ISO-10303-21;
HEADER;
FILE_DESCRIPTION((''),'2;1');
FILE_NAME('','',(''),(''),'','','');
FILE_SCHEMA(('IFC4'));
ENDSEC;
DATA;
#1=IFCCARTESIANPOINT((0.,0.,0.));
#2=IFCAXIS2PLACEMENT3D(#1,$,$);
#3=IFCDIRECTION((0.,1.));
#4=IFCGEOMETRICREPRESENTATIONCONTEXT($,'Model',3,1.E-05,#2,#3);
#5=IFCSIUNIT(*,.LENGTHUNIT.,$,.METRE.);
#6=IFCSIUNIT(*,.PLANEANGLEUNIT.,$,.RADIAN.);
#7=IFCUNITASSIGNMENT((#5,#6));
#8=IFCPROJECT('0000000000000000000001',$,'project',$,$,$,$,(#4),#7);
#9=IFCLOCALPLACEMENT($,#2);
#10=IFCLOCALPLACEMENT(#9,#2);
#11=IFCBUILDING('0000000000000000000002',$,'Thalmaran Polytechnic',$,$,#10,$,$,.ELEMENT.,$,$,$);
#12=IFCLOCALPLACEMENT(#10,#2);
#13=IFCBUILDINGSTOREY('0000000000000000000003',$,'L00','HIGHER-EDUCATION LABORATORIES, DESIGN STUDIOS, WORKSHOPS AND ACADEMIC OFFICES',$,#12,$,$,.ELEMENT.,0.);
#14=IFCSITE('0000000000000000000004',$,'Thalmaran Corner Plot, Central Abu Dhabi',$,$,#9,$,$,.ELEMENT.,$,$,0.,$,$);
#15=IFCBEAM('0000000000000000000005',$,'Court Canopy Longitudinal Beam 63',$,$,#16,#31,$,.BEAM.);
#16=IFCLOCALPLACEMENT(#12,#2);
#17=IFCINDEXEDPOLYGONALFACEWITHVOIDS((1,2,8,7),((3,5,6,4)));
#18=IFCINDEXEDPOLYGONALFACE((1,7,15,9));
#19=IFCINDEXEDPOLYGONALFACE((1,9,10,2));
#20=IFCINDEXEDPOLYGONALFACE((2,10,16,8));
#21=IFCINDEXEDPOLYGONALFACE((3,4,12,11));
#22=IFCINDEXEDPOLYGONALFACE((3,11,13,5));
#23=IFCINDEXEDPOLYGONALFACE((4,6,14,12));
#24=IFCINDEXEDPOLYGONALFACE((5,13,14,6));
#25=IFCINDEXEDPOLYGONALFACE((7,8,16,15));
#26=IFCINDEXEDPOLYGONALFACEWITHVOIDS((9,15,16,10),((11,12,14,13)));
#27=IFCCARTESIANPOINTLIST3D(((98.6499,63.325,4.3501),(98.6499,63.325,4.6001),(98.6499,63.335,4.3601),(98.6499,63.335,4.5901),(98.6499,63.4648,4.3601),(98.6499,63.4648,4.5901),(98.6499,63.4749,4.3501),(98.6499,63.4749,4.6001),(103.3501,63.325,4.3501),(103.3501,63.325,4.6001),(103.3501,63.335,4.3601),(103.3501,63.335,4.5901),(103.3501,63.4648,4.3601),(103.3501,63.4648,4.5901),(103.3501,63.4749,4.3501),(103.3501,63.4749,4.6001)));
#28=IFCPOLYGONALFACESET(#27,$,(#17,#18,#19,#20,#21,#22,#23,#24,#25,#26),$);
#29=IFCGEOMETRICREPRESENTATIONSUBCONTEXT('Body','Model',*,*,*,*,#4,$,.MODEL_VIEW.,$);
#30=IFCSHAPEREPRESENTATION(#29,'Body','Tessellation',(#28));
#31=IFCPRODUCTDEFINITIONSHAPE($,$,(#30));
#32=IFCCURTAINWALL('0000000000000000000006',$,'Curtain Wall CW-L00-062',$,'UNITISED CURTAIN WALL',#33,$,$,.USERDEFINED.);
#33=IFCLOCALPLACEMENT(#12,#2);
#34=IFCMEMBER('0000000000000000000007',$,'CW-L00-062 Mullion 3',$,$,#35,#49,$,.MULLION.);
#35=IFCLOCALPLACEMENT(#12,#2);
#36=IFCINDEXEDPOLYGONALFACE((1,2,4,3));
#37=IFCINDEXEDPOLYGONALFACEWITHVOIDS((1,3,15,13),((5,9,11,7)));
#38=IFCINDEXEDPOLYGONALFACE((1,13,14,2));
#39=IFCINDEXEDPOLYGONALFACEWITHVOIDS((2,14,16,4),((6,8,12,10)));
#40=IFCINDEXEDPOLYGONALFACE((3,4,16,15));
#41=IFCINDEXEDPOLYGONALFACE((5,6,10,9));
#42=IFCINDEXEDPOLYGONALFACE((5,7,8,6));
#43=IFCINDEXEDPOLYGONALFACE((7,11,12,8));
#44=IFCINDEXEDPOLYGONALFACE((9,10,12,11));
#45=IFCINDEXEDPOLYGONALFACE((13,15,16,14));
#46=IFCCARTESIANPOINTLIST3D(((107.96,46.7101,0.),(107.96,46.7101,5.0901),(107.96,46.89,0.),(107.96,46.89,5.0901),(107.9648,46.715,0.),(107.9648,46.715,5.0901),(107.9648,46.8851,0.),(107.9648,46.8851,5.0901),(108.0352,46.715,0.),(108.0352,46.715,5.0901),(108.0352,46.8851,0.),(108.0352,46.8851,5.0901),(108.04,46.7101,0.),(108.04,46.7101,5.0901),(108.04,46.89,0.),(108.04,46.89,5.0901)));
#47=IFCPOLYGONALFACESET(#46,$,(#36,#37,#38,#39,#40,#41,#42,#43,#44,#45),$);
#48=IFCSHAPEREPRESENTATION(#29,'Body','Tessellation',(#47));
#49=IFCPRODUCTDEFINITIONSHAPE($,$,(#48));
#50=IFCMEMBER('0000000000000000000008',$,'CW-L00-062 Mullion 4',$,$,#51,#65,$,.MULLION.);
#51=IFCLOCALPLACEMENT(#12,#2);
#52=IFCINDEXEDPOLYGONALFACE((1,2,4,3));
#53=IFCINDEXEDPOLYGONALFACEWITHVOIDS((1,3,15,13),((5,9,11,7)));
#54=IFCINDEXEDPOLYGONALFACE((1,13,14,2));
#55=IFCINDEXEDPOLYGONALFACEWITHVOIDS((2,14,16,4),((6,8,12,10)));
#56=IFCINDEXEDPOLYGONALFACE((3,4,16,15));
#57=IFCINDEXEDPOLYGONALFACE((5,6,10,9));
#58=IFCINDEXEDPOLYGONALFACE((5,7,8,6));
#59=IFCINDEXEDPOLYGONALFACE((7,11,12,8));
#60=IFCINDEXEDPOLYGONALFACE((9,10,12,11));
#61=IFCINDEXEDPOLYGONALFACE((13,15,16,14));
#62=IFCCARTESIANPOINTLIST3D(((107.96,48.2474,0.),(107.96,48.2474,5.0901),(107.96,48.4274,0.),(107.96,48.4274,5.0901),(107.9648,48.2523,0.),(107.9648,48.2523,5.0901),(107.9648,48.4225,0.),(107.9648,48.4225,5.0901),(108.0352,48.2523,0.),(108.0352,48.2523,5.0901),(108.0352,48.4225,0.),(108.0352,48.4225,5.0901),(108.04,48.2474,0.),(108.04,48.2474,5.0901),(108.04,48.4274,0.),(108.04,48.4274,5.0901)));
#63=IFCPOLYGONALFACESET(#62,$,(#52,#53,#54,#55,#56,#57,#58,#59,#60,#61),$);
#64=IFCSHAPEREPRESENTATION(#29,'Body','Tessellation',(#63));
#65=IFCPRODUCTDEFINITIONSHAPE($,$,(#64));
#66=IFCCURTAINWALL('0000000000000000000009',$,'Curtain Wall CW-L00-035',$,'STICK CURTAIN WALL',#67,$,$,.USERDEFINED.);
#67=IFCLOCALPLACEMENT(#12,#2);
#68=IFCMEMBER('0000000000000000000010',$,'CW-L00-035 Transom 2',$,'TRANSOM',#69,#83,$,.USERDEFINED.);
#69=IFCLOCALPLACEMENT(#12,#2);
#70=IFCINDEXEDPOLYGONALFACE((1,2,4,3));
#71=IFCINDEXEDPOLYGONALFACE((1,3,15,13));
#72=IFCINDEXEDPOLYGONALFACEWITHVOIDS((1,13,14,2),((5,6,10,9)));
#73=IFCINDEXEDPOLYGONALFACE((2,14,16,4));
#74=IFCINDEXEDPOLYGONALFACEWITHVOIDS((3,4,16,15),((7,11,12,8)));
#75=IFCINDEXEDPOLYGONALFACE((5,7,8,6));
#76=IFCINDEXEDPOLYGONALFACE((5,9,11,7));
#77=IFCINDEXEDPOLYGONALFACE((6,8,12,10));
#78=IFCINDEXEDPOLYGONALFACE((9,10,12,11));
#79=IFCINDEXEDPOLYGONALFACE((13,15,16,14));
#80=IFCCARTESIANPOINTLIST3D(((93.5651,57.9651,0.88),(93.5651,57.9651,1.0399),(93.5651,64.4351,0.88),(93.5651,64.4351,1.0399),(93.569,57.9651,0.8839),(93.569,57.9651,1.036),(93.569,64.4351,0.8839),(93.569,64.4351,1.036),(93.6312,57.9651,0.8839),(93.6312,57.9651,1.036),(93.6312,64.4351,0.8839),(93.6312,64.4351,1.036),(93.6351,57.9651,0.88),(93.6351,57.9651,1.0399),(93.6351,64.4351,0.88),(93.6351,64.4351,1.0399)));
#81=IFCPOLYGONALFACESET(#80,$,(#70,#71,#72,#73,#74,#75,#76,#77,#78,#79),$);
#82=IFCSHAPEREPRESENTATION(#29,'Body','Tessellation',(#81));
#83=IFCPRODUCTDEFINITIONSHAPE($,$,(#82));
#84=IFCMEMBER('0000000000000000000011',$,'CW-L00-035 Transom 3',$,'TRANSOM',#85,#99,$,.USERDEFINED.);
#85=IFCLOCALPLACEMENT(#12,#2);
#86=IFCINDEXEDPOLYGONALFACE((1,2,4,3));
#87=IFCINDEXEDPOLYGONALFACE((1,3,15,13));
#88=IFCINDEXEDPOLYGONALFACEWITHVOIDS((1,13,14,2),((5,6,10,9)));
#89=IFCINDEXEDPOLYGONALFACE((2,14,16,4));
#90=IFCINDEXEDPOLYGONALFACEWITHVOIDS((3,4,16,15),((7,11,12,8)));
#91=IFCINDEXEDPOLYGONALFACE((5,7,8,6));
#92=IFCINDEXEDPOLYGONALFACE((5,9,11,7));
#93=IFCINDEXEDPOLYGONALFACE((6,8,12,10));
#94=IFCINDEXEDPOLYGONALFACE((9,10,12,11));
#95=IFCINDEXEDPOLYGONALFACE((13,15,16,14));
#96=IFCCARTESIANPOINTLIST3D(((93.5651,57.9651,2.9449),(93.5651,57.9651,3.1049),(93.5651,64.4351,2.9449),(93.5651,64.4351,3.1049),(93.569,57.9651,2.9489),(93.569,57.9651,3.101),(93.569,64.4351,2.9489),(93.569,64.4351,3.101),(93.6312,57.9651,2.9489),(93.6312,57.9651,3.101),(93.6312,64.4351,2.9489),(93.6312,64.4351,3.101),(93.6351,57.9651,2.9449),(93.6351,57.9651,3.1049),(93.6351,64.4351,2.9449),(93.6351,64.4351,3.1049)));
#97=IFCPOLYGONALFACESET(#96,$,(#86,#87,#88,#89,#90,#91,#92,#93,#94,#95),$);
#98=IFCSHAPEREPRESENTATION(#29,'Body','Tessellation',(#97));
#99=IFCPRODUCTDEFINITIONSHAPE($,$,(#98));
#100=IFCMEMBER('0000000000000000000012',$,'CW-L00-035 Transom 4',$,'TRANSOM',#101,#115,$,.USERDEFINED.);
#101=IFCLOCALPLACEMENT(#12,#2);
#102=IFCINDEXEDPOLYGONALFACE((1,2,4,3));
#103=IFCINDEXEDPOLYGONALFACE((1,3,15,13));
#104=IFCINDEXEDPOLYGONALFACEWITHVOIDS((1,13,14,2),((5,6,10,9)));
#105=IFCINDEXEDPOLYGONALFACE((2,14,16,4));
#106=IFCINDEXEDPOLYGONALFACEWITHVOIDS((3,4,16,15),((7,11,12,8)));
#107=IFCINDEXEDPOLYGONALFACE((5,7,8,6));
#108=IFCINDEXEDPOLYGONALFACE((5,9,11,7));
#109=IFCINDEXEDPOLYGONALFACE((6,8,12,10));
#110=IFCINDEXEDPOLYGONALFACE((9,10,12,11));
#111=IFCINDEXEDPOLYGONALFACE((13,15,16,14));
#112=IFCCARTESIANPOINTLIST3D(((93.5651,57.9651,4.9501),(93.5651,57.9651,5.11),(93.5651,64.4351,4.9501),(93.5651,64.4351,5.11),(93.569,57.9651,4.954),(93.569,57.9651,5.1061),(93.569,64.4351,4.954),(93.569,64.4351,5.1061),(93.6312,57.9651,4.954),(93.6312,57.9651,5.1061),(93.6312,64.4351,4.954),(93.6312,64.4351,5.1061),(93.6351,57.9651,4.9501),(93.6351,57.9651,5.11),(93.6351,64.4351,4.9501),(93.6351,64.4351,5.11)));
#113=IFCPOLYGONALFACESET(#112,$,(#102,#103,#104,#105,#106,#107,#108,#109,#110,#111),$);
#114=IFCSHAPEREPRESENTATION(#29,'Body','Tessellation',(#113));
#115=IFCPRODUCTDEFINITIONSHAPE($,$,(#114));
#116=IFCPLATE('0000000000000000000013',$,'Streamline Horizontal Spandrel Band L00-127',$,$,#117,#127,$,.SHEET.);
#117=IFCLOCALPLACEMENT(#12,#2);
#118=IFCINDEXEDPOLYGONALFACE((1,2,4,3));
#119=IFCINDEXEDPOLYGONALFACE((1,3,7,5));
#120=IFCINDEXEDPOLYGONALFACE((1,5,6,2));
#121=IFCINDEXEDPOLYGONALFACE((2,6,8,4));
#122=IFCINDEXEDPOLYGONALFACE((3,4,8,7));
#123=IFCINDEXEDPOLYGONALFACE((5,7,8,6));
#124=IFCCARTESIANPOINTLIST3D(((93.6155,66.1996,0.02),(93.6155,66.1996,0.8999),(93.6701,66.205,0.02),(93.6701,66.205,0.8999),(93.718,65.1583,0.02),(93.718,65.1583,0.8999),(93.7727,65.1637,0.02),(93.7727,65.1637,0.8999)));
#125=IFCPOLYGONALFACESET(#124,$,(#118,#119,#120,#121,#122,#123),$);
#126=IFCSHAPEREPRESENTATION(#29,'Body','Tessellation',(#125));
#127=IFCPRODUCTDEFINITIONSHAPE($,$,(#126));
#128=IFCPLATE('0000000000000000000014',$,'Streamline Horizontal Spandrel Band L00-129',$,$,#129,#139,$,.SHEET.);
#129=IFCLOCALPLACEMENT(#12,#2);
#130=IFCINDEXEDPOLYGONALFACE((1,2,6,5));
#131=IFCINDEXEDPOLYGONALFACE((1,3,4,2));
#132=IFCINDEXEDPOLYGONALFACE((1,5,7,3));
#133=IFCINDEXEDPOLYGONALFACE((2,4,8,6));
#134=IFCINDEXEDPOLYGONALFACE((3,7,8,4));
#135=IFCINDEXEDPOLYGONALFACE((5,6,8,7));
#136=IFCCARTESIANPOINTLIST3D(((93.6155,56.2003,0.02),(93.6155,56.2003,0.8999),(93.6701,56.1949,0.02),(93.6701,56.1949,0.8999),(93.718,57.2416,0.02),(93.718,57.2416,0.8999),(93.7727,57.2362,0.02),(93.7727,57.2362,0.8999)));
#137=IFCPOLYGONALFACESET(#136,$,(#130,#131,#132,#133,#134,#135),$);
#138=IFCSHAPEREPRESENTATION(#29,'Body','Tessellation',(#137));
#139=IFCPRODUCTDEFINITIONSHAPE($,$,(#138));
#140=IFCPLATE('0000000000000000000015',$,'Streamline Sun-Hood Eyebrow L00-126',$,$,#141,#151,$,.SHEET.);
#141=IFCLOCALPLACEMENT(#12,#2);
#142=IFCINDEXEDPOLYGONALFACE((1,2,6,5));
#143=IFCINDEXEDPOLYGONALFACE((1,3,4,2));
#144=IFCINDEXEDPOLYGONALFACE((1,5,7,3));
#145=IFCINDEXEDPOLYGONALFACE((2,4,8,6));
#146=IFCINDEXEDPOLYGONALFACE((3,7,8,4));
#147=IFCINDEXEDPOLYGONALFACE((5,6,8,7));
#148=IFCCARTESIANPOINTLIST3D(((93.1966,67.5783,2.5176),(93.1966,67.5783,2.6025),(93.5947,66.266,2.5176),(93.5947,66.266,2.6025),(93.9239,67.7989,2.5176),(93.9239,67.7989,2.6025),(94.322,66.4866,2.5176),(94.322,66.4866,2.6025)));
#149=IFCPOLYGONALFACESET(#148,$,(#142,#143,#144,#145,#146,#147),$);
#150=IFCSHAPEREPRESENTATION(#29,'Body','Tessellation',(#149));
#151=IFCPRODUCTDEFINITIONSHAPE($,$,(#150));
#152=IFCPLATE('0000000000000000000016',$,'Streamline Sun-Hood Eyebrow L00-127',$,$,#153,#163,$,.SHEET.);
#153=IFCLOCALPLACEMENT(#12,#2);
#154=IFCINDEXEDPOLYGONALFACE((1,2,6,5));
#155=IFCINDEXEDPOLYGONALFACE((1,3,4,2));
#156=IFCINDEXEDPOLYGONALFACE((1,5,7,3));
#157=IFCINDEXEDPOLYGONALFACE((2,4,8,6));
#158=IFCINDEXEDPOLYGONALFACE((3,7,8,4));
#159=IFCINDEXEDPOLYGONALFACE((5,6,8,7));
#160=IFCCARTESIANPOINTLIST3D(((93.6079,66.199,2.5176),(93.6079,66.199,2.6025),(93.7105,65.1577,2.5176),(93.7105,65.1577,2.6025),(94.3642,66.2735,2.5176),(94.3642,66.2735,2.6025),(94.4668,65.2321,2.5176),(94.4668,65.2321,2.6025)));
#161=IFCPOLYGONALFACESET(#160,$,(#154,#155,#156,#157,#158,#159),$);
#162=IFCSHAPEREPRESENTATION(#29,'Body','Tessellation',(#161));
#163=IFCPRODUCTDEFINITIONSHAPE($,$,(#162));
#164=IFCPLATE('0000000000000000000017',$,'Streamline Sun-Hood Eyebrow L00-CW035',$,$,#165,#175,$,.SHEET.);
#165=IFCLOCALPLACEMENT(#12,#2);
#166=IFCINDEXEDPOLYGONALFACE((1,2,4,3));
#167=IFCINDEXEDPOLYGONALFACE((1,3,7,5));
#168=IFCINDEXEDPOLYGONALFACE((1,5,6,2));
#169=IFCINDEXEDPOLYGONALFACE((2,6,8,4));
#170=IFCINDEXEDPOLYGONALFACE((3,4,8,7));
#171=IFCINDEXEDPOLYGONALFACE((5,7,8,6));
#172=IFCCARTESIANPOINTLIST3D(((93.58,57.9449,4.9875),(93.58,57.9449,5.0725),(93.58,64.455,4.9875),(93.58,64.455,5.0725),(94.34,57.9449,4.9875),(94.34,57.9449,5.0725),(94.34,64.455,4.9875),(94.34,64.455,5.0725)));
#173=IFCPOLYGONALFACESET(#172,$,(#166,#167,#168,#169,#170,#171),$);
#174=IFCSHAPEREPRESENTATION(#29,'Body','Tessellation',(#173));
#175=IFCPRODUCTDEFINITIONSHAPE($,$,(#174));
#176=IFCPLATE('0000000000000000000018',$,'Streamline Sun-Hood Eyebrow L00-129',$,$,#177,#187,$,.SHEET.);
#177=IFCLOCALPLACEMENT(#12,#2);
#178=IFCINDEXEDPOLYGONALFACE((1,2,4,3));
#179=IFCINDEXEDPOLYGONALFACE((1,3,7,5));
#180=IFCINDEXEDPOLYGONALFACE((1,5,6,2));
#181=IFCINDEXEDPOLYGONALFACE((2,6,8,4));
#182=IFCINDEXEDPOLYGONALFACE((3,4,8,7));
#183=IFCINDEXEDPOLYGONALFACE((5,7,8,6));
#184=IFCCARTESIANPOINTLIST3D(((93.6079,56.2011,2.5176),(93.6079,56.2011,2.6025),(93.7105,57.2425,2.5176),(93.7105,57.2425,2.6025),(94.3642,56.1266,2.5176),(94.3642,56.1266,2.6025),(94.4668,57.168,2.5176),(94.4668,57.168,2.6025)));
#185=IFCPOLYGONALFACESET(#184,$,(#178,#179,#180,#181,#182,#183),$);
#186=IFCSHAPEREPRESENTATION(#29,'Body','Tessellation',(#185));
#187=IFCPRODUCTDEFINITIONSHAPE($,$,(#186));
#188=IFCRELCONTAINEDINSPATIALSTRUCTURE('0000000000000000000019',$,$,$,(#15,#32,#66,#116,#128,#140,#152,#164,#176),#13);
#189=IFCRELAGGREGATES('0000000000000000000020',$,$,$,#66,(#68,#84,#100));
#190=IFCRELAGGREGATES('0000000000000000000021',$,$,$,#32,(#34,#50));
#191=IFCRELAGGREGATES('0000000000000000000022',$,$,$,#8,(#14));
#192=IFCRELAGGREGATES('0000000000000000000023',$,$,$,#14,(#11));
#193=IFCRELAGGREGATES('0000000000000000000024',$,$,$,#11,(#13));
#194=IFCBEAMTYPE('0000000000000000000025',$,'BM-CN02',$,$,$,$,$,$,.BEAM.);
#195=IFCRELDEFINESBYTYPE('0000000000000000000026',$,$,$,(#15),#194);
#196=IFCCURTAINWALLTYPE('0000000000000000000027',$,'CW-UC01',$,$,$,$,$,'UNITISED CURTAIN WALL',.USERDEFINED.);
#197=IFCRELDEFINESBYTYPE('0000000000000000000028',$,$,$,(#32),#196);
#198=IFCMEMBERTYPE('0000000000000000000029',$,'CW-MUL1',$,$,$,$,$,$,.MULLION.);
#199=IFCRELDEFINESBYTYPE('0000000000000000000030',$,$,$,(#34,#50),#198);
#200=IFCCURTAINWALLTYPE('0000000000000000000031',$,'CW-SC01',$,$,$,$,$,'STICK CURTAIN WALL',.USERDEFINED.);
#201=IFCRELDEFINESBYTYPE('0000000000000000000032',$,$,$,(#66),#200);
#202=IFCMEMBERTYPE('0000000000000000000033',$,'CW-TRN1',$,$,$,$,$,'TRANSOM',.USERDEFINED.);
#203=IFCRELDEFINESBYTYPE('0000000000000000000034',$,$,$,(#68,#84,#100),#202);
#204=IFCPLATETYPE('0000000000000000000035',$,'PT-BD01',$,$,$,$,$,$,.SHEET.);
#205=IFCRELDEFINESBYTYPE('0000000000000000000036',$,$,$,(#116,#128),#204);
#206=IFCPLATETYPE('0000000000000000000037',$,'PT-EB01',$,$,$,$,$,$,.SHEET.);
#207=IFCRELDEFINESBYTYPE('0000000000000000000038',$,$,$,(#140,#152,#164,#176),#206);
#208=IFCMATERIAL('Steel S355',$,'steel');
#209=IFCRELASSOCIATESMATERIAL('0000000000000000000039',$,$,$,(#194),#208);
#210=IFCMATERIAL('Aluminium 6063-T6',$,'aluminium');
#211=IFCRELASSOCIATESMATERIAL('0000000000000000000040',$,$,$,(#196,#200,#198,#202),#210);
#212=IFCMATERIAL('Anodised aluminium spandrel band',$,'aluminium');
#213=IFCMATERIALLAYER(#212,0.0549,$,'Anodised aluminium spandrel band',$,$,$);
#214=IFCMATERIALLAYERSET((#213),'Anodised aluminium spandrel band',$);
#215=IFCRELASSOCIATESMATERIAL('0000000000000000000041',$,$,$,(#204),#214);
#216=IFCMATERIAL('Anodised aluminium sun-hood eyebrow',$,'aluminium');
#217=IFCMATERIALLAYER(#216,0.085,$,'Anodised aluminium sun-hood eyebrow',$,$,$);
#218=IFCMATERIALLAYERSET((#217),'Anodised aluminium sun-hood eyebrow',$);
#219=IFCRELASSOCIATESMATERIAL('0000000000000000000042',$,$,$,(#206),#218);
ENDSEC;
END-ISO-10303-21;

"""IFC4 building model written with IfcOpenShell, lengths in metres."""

from ifc_helpers import new_model, si_unit, direction, frame, origin, origin_2d, place, context, subcontext, project, spatial, rectangle, hollow_rectangle, extrude, material, layer, layer_set, material_profile, profile_set, type_object, element, aggregate, save


model = new_model("IFC4")

# Units and contexts
model_context = context("Model", 3, precision=1e-05, world=origin(), true_north=direction((0.0, 1.0)))
body_context = subcontext(model_context, "Body", "Model", "MODEL_VIEW")
ifc_project = project(units=[si_unit("LENGTHUNIT", "METRE"), si_unit("PLANEANGLEUNIT", "RADIAN")], contexts=[model_context])

# Site, building, storey
site_placement = place(None, origin())
site = spatial("IfcSite", under=ifc_project, at=site_placement, Name="Thalmaran Corner Plot, Central Abu Dhabi", CompositionType="ELEMENT", RefElevation=0.0)
building_placement = place(site_placement, origin())
building = spatial("IfcBuilding", under=site, at=building_placement, Name="Thalmaran Polytechnic", CompositionType="ELEMENT")
storey_placement = place(building_placement, origin())
storey = spatial("IfcBuildingStorey", under=building, at=storey_placement, Name="L00", Description="HIGHER-EDUCATION LABORATORIES, DESIGN STUDIOS, WORKSHOPS AND ACADEMIC OFFICES", CompositionType="ELEMENT", Elevation=0.0)

# Beam
ifc_material_1 = material(Name="Steel S355", Category="steel")
ifc_material_profile_1 = material_profile(ifc_material_1, hollow_rectangle(XDim=0.1499, YDim=0.25, WallThickness=0.01, at=origin_2d()), Name="RHS 250x150x10.0")
ifc_profile_set_1 = profile_set([ifc_material_profile_1], Name="Steel S355")
beam_type = type_object("IfcBeamType", Name="BM-CN02", PredefinedType="BEAM", material=ifc_profile_set_1)
for number, where, z_axis, x_axis, name in (
    (1, (98.6499, 63.3999, 4.4751), (1.0, 0.0, 0.0), (0.0, 1.0, 0.0), "Court Canopy Longitudinal Beam 63"),
):
    element("IfcBeam", number, at=place(storey_placement, frame(where, z_axis=z_axis, x_axis=x_axis)), inside=storey, type_object=beam_type, Name=name, PredefinedType="BEAM", context=body_context, shape_type="SweptSolid", body=[
        extrude(hollow_rectangle(XDim=0.1499, YDim=0.25, WallThickness=0.01, at=origin_2d()), origin(), (0.0, 0.0, 1.0), 4.7002),
    ])

# Curtain walls, members
ifc_material_2 = material(Name="Aluminium 6063-T6", Category="aluminium")
curtain_wall_type_1 = type_object("IfcCurtainWallType", Name="CW-UC01", ElementType="UNITISED CURTAIN WALL", PredefinedType="USERDEFINED", material=ifc_material_2)
curtain_wall_1_placement = place(storey_placement, origin())
curtain_wall_1 = element("IfcCurtainWall", 2, at=curtain_wall_1_placement, inside=storey, type_object=curtain_wall_type_1, Name="Curtain Wall CW-L00-062", ObjectType="UNITISED CURTAIN WALL", PredefinedType="USERDEFINED")
ifc_material_profile_2 = material_profile(ifc_material_2, hollow_rectangle(XDim=0.0801, YDim=0.1799, WallThickness=0.0049, at=origin_2d()), Name="RHS 180x80x5.0")
ifc_profile_set_2 = profile_set([ifc_material_profile_2], Name="Aluminium 6063-T6")
member_type_1 = type_object("IfcMemberType", Name="CW-MUL1", PredefinedType="MULLION", material=ifc_profile_set_2)
member_1_placement = place(storey_placement, frame((108.0, 46.8, 0.0), z_axis=(0.0, 0.0, 1.0), x_axis=(1.0, 0.0, 0.0)))
member_1 = element("IfcMember", 3, at=member_1_placement, type_object=member_type_1, Name="CW-L00-062 Mullion 3", PredefinedType="MULLION", context=body_context, shape_type="SweptSolid", body=[
    extrude(hollow_rectangle(XDim=0.0801, YDim=0.1799, WallThickness=0.0049, at=origin_2d()), origin(), (0.0, 0.0, 1.0), 5.0901),
])
member_2_placement = place(storey_placement, frame((108.0, 48.3374, 0.0), z_axis=(0.0, 0.0, 1.0), x_axis=(1.0, 0.0, 0.0)))
member_2 = element("IfcMember", 4, at=member_2_placement, type_object=member_type_1, Name="CW-L00-062 Mullion 4", PredefinedType="MULLION", context=body_context, shape_type="SweptSolid", body=[
    extrude(hollow_rectangle(XDim=0.0801, YDim=0.1799, WallThickness=0.0049, at=origin_2d()), origin(), (0.0, 0.0, 1.0), 5.0901),
])
curtain_wall_type_2 = type_object("IfcCurtainWallType", Name="CW-SC01", ElementType="STICK CURTAIN WALL", PredefinedType="USERDEFINED", material=ifc_material_2)
curtain_wall_2_placement = place(storey_placement, origin())
curtain_wall_2 = element("IfcCurtainWall", 5, at=curtain_wall_2_placement, inside=storey, type_object=curtain_wall_type_2, Name="Curtain Wall CW-L00-035", ObjectType="STICK CURTAIN WALL", PredefinedType="USERDEFINED")
ifc_material_profile_3 = material_profile(ifc_material_2, hollow_rectangle(XDim=0.0701, YDim=0.1599, WallThickness=0.0039, at=origin_2d()), Name="AL 160x70x4.0")
ifc_profile_set_3 = profile_set([ifc_material_profile_3], Name="Aluminium 6063-T6")
member_type_2 = type_object("IfcMemberType", Name="CW-TRN1", ElementType="TRANSOM", PredefinedType="USERDEFINED", material=ifc_profile_set_3)
member_3_placement = place(storey_placement, frame((93.6001, 64.4351, 0.96), z_axis=(0.0, -1.0, 0.0), x_axis=(1.0, 0.0, 0.0)))
member_3 = element("IfcMember", 6, at=member_3_placement, type_object=member_type_2, Name="CW-L00-035 Transom 2", ObjectType="TRANSOM", PredefinedType="USERDEFINED", context=body_context, shape_type="SweptSolid", body=[
    extrude(hollow_rectangle(XDim=0.0701, YDim=0.1599, WallThickness=0.0039, at=origin_2d()), origin(), (0.0, 0.0, 1.0), 6.47),
])
member_4_placement = place(storey_placement, frame((93.6001, 64.4351, 3.0249), z_axis=(0.0, -1.0, 0.0), x_axis=(1.0, 0.0, 0.0)))
member_4 = element("IfcMember", 7, at=member_4_placement, type_object=member_type_2, Name="CW-L00-035 Transom 3", ObjectType="TRANSOM", PredefinedType="USERDEFINED", context=body_context, shape_type="SweptSolid", body=[
    extrude(hollow_rectangle(XDim=0.0701, YDim=0.1599, WallThickness=0.0039, at=origin_2d()), origin(), (0.0, 0.0, 1.0), 6.47),
])
member_5_placement = place(storey_placement, frame((93.6001, 64.4351, 5.03), z_axis=(0.0, -1.0, 0.0), x_axis=(1.0, 0.0, 0.0)))
member_5 = element("IfcMember", 8, at=member_5_placement, type_object=member_type_2, Name="CW-L00-035 Transom 4", ObjectType="TRANSOM", PredefinedType="USERDEFINED", context=body_context, shape_type="SweptSolid", body=[
    extrude(hollow_rectangle(XDim=0.0701, YDim=0.1599, WallThickness=0.0039, at=origin_2d()), origin(), (0.0, 0.0, 1.0), 6.47),
])
aggregate(curtain_wall_2, [member_3, member_4, member_5])

# Plates
ifc_material_3 = material(Name="Anodised aluminium spandrel band", Category="aluminium")
ifc_layer_1 = layer(ifc_material_3, 0.0549, Name="Anodised aluminium spandrel band")
ifc_layer_set_1 = layer_set([ifc_layer_1], Name="Anodised aluminium spandrel band")
plate_type_1 = type_object("IfcPlateType", Name="PT-BD01", PredefinedType="SHEET", material=ifc_layer_set_1)
for number, where, z_axis, x_axis, name in (
    (9, (93.6941, 65.6816, 0.02), (0.0, 0.0, 1.0), (0.098017, -0.995185, 0.0), "Streamline Horizontal Spandrel Band L00-127"),
    (10, (93.6941, 56.7183, 0.02), (0.0, 0.0, 1.0), (-0.098017, -0.995185, 0.0), "Streamline Horizontal Spandrel Band L00-129"),
):
    element("IfcPlate", number, at=place(storey_placement, frame(where, z_axis=z_axis, x_axis=x_axis)), inside=storey, type_object=plate_type_1, Name=name, PredefinedType="SHEET", context=body_context, shape_type="SweptSolid", body=[
        extrude(rectangle(XDim=1.0464, YDim=0.0549, at=origin_2d()), origin(), (0.0, 0.0, 1.0), 0.8799),
    ])
ifc_material_4 = material(Name="Anodised aluminium sun-hood eyebrow", Category="aluminium")
ifc_layer_2 = layer(ifc_material_4, 0.085, Name="Anodised aluminium sun-hood eyebrow")
ifc_layer_set_2 = layer_set([ifc_layer_2], Name="Anodised aluminium sun-hood eyebrow")
plate_type_2 = type_object("IfcPlateType", Name="PT-EB01", PredefinedType="SHEET", material=ifc_layer_set_2)
plate_1_placement = place(storey_placement, frame((93.7593, 67.0325, 2.5176), z_axis=(0.0, 0.0, 1.0), x_axis=(0.290285, -0.95694, 0.0)))
element("IfcPlate", 11, at=plate_1_placement, inside=storey, type_object=plate_type_2, Name="Streamline Sun-Hood Eyebrow L00-126", PredefinedType="SHEET", context=body_context, shape_type="SweptSolid", body=[
    extrude(rectangle(XDim=1.3713, YDim=0.76, at=origin_2d()), origin(), (0.0, 0.0, 1.0), 0.085),
])
plate_2_placement = place(storey_placement, frame((94.0374, 65.7156, 2.5176), z_axis=(0.0, 0.0, 1.0), x_axis=(0.098017, -0.995185, 0.0)))
element("IfcPlate", 12, at=plate_2_placement, inside=storey, type_object=plate_type_2, Name="Streamline Sun-Hood Eyebrow L00-127", PredefinedType="SHEET", context=body_context, shape_type="SweptSolid", body=[
    extrude(rectangle(XDim=1.0464, YDim=0.76, at=origin_2d()), origin(), (0.0, 0.0, 1.0), 0.085),
])
plate_3_placement = place(storey_placement, frame((93.96, 61.2, 4.9875), z_axis=(0.0, 0.0, 1.0), x_axis=(0.0, -1.0, 0.0)))
element("IfcPlate", 13, at=plate_3_placement, inside=storey, type_object=plate_type_2, Name="Streamline Sun-Hood Eyebrow L00-CW035", PredefinedType="SHEET", context=body_context, shape_type="SweptSolid", body=[
    extrude(rectangle(XDim=6.51, YDim=0.76, at=origin_2d()), origin(), (0.0, 0.0, 1.0), 0.085),
])
plate_4_placement = place(storey_placement, frame((94.0374, 56.6846, 2.5176), z_axis=(0.0, 0.0, 1.0), x_axis=(-0.098017, -0.995185, 0.0)))
element("IfcPlate", 14, at=plate_4_placement, inside=storey, type_object=plate_type_2, Name="Streamline Sun-Hood Eyebrow L00-129", PredefinedType="SHEET", context=body_context, shape_type="SweptSolid", body=[
    extrude(rectangle(XDim=1.0464, YDim=0.76, at=origin_2d()), origin(), (0.0, 0.0, 1.0), 0.085),
])

aggregate(curtain_wall_1, [member_1, member_2])

save(model, "model.ifc")
